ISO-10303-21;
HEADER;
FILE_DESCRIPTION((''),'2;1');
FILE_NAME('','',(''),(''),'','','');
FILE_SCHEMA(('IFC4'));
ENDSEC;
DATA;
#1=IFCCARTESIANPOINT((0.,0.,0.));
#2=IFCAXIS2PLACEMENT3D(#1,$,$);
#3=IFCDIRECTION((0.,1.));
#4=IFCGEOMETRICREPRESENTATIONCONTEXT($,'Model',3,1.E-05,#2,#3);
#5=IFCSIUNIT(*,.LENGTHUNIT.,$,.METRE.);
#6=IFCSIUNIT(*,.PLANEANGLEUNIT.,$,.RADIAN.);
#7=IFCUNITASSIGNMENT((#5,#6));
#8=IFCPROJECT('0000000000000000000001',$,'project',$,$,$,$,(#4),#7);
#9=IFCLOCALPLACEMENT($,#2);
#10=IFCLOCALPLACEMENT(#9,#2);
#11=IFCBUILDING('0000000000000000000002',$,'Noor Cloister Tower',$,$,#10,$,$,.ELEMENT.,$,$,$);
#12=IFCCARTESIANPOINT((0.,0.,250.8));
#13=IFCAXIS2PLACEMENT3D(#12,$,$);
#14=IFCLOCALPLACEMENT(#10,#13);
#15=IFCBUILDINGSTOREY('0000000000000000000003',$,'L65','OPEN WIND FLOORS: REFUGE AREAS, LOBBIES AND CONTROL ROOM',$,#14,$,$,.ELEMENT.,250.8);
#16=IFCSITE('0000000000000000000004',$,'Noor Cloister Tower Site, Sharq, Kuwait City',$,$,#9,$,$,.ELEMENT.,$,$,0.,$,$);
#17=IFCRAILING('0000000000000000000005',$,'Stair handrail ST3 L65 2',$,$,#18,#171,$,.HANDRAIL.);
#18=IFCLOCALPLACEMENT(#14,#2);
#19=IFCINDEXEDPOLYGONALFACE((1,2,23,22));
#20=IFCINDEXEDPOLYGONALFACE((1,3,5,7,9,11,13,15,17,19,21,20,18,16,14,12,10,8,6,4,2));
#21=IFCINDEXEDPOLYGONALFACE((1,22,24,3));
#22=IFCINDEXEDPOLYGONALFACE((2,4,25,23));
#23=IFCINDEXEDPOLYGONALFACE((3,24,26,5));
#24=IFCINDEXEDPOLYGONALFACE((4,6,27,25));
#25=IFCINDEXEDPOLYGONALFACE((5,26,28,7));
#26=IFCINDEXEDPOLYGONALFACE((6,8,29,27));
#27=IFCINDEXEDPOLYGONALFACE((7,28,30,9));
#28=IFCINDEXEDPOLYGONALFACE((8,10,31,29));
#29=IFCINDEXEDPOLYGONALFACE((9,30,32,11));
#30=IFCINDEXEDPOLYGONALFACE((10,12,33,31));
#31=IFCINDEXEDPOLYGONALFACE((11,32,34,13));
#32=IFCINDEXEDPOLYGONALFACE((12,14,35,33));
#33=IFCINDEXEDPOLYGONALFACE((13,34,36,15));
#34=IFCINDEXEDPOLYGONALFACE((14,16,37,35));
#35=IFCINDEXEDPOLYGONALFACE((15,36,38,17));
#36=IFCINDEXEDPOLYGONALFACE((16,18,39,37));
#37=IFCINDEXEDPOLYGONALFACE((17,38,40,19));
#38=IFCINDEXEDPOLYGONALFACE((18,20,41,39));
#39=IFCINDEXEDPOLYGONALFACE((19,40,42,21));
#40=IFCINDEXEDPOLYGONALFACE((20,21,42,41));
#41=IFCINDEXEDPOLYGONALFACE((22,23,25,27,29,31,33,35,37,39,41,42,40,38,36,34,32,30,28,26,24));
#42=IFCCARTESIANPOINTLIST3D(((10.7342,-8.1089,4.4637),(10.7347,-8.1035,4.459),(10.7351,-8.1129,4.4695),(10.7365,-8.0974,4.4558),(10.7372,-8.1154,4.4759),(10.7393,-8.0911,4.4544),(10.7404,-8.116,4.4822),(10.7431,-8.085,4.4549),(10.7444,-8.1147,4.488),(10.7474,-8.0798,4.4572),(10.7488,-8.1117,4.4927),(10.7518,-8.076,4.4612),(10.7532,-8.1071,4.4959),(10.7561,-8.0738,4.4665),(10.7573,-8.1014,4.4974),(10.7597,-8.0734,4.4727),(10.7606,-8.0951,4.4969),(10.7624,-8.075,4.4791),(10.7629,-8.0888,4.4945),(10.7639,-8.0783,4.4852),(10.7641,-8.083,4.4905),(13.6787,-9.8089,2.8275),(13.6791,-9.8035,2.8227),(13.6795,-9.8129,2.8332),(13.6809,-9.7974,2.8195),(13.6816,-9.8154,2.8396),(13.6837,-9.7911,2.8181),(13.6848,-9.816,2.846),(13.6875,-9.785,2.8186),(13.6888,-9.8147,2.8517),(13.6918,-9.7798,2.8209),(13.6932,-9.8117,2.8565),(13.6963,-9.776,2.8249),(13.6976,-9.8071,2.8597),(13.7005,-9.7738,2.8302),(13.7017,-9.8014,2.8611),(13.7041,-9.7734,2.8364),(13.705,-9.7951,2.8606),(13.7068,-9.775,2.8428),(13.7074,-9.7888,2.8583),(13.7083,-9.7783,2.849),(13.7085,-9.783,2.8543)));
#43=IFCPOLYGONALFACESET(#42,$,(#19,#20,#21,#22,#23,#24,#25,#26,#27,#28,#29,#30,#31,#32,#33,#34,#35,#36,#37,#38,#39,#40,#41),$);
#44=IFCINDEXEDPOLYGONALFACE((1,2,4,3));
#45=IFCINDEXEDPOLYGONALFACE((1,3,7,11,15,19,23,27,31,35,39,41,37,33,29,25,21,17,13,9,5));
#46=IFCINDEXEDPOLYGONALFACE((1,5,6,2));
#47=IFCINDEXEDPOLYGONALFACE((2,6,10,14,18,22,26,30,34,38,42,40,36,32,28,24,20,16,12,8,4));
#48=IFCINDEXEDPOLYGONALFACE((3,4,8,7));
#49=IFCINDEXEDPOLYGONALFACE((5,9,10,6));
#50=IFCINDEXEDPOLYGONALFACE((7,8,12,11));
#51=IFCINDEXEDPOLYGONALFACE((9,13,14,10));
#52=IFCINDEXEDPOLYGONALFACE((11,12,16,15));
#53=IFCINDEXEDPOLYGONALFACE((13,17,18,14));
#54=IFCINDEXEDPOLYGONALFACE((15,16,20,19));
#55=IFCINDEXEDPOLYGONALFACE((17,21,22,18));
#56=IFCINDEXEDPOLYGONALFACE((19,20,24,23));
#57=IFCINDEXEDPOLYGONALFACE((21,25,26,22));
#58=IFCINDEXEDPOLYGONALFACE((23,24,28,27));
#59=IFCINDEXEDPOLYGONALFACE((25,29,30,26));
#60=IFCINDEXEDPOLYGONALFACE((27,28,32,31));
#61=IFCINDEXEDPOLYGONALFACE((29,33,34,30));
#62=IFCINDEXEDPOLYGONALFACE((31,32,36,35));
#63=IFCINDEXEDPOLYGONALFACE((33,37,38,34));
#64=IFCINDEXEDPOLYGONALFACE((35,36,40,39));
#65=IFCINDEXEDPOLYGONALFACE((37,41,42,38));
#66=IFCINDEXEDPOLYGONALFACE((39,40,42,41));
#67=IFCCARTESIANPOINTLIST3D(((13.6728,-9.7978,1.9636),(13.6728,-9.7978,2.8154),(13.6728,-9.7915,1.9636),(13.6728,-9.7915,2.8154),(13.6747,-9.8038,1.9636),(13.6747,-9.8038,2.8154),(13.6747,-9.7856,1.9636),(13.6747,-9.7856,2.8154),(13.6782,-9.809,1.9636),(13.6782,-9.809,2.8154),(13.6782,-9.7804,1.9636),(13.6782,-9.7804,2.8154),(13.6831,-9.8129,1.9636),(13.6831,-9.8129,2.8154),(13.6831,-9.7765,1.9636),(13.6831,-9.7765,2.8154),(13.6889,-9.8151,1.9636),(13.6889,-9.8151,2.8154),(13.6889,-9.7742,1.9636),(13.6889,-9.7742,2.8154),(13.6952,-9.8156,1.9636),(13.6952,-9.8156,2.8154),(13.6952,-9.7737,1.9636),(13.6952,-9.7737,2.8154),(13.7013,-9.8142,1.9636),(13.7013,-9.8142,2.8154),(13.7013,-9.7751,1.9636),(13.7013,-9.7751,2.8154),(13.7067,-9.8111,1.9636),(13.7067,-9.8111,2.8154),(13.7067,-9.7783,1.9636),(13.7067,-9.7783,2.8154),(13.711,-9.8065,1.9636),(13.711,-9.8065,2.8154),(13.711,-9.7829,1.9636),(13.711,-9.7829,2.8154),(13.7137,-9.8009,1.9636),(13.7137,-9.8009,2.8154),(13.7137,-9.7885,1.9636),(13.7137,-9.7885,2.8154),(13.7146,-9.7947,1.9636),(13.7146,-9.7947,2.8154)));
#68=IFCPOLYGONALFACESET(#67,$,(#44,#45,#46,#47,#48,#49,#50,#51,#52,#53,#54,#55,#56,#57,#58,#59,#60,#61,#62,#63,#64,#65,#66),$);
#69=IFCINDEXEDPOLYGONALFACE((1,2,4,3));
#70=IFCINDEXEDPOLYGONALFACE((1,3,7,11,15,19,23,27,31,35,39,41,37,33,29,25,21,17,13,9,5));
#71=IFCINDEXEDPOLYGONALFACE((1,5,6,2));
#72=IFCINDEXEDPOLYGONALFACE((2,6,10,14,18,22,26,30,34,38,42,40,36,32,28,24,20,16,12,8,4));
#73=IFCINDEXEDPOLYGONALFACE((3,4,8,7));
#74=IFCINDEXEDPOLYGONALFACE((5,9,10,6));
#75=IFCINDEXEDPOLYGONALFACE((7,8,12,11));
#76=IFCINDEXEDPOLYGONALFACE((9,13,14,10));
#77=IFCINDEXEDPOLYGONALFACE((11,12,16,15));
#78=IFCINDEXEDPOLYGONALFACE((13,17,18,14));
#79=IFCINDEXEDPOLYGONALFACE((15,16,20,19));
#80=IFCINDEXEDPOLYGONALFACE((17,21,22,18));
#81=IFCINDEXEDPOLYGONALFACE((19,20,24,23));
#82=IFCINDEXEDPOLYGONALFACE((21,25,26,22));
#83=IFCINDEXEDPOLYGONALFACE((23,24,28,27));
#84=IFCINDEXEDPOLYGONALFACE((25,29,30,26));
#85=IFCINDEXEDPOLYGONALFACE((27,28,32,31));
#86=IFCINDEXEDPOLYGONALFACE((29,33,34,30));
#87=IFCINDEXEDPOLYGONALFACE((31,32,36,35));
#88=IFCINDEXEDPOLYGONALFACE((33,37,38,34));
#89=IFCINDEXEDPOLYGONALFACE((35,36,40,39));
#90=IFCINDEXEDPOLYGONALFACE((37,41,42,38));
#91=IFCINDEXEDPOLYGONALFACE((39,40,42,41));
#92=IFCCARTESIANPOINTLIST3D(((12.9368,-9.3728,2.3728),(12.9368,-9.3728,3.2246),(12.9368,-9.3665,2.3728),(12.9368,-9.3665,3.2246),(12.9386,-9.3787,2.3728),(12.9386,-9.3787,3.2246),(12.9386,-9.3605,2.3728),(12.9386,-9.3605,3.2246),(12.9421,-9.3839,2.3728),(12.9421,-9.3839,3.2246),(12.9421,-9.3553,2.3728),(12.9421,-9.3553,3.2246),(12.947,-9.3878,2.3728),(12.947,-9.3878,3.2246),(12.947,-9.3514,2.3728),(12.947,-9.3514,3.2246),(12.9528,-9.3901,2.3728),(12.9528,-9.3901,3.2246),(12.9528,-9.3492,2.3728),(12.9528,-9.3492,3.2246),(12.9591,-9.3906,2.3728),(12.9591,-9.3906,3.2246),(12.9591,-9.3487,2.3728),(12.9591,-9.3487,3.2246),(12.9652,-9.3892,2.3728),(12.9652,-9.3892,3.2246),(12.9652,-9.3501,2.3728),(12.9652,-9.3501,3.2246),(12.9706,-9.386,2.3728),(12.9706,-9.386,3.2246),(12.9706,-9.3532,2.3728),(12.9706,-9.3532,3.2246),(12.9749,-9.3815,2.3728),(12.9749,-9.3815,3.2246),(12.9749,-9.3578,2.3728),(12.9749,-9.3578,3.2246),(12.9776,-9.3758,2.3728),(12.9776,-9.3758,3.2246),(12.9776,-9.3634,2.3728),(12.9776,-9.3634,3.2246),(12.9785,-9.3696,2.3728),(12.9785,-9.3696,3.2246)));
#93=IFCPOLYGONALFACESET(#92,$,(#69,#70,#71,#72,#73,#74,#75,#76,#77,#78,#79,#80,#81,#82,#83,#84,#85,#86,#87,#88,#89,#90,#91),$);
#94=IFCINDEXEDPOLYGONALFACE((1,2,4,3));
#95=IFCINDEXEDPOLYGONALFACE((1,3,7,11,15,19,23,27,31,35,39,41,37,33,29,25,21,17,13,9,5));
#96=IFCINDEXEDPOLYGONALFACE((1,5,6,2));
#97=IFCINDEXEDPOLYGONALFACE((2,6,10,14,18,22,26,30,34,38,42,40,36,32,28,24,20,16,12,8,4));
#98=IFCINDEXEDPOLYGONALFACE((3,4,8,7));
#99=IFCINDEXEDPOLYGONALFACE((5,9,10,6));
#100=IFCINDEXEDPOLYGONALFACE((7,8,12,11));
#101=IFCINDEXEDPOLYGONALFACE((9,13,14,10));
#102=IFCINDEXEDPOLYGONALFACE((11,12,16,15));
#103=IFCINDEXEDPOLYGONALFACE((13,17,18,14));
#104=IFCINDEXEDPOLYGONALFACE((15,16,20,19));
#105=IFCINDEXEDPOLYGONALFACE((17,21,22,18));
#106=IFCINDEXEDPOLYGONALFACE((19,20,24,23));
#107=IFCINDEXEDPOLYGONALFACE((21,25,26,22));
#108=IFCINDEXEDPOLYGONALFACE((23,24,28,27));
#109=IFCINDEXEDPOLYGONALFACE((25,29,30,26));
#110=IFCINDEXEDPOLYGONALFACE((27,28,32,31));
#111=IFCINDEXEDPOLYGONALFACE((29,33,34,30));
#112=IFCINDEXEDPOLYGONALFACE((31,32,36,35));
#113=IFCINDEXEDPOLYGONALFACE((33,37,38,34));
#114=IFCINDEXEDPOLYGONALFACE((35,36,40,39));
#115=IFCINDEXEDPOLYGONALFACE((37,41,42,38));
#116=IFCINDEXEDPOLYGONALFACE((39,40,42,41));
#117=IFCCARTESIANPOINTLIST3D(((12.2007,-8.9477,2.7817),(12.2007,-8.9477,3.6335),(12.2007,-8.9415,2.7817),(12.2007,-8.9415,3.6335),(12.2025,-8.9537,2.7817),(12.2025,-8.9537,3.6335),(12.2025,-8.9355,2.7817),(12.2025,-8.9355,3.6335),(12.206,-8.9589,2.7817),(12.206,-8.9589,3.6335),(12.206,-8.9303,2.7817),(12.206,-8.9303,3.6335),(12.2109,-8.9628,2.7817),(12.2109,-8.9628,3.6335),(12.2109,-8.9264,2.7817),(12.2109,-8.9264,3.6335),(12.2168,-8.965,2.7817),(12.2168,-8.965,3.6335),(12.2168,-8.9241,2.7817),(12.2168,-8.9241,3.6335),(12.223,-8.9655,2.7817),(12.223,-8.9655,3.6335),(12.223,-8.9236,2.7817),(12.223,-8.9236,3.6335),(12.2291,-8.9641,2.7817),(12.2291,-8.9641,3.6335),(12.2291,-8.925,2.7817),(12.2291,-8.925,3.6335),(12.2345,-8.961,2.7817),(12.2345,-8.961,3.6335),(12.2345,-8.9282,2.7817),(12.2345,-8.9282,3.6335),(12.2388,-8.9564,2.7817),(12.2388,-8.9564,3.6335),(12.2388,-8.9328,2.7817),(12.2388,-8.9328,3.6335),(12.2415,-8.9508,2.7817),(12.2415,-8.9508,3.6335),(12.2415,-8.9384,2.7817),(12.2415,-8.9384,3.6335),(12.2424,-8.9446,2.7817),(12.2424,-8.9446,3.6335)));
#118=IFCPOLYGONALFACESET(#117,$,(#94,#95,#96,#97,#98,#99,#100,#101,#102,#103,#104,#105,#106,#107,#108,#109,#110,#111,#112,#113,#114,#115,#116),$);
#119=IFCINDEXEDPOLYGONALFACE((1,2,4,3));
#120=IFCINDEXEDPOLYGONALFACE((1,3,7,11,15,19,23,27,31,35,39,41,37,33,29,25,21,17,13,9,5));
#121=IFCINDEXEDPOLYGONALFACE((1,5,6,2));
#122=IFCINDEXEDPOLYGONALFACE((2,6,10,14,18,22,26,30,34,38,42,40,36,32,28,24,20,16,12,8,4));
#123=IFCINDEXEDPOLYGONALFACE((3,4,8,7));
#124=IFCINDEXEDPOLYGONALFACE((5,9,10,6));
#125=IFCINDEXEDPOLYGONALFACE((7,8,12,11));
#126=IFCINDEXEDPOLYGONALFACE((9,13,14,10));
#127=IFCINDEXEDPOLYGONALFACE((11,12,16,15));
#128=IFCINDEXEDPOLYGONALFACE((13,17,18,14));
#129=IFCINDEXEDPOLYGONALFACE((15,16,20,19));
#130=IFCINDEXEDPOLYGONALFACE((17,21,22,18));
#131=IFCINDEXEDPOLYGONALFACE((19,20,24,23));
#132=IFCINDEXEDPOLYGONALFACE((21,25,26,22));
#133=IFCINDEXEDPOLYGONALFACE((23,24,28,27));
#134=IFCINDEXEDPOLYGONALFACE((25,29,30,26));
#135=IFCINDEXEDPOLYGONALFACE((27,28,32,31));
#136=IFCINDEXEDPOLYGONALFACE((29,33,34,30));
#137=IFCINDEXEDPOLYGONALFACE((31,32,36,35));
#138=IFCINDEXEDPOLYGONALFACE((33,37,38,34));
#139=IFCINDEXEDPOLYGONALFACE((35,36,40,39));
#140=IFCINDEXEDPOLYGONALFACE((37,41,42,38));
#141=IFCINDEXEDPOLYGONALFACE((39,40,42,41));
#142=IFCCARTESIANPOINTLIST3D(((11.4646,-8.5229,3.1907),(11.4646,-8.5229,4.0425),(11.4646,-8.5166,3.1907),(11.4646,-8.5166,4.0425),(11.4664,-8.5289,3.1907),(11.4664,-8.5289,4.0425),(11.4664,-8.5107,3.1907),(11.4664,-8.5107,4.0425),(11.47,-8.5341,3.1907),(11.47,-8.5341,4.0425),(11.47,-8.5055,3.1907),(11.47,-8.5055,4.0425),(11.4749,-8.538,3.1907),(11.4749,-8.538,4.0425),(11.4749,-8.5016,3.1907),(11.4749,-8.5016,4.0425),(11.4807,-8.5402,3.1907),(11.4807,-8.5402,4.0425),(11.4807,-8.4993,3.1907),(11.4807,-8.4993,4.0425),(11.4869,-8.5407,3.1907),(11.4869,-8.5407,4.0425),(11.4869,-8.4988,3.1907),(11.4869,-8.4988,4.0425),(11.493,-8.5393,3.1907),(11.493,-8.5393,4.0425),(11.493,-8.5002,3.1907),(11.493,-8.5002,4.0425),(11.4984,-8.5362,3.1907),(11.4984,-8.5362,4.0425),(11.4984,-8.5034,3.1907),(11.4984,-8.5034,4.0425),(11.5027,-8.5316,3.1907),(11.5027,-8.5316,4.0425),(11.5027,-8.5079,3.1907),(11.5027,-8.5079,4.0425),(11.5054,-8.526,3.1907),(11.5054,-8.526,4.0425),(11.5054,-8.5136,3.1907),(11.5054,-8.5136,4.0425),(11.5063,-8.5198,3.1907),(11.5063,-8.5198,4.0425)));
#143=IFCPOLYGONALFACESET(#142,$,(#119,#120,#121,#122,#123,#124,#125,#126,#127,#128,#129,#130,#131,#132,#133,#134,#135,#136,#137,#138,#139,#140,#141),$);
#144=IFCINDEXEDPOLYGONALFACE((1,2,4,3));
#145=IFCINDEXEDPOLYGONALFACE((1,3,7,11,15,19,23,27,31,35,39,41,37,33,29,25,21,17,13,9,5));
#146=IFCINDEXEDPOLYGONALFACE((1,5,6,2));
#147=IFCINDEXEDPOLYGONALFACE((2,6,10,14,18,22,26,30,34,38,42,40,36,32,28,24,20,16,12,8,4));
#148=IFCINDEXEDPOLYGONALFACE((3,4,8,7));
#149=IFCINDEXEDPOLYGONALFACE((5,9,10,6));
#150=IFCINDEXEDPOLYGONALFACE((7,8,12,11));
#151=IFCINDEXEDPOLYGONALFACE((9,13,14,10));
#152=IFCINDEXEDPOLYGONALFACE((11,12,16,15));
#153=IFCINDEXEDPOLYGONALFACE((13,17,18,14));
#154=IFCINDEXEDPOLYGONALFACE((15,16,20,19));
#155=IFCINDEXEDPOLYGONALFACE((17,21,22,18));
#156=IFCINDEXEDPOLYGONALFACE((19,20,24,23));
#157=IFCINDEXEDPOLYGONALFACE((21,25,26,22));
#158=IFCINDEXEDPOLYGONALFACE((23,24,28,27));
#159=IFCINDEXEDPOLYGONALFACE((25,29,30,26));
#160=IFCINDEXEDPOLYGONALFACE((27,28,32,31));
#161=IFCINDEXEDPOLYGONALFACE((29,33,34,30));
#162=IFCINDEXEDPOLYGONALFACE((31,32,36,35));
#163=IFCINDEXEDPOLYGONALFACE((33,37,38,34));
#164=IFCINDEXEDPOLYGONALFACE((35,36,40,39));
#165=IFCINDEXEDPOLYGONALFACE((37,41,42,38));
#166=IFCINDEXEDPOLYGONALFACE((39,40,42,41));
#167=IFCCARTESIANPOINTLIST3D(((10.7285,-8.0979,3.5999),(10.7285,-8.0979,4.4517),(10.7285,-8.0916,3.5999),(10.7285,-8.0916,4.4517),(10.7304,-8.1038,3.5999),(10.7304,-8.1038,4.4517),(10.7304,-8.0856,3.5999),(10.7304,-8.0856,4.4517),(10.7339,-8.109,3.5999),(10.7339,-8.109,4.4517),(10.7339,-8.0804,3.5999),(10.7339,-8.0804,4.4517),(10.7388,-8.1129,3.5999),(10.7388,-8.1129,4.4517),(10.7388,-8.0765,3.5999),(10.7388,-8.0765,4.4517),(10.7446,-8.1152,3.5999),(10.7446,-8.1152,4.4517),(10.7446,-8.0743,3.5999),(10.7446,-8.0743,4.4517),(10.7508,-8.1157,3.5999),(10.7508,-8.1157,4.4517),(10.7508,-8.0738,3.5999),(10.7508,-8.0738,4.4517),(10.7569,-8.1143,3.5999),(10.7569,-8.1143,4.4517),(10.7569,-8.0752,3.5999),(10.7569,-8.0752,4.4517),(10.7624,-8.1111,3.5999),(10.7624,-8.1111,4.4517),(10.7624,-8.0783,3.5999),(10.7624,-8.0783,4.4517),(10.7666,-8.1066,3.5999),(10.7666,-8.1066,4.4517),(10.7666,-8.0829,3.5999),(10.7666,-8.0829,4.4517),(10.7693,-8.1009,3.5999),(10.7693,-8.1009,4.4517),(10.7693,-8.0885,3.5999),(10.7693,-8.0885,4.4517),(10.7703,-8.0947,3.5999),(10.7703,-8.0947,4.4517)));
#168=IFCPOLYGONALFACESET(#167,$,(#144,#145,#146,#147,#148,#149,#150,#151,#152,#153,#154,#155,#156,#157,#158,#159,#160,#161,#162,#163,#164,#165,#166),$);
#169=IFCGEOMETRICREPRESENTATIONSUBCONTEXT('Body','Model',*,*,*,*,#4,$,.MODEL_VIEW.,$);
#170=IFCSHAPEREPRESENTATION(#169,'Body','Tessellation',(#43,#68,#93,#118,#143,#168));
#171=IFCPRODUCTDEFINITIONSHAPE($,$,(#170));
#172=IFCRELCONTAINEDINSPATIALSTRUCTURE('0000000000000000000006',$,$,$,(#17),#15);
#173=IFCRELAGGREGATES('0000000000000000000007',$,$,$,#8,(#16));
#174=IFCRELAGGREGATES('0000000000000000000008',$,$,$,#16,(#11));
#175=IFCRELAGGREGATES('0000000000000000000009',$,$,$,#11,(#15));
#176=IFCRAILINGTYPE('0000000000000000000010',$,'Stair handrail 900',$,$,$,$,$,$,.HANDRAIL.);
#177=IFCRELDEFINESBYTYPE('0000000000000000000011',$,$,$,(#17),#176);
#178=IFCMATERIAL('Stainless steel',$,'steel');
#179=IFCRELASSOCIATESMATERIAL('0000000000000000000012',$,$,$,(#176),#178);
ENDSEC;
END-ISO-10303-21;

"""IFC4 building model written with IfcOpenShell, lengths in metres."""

from ifc_helpers import new_model, si_unit, direction, frame, origin, origin_2d, place, context, subcontext, project, spatial, circle, extrude, material, type_object, element, save


model = new_model("IFC4")

# Units and contexts
model_context = context("Model", 3, precision=1e-05, world=origin(), true_north=direction((0.0, 1.0)))
body_context = subcontext(model_context, "Body", "Model", "MODEL_VIEW")
ifc_project = project(units=[si_unit("LENGTHUNIT", "METRE"), si_unit("PLANEANGLEUNIT", "RADIAN")], contexts=[model_context])

# Site, building, storey
site_placement = place(None, origin())
site = spatial("IfcSite", under=ifc_project, at=site_placement, Name="Noor Cloister Tower Site, Sharq, Kuwait City", CompositionType="ELEMENT", RefElevation=0.0)
building_placement = place(site_placement, origin())
building = spatial("IfcBuilding", under=site, at=building_placement, Name="Noor Cloister Tower", CompositionType="ELEMENT")
storey_placement = place(building_placement, frame((0.0, 0.0, 250.8)))
storey = spatial("IfcBuildingStorey", under=building, at=storey_placement, Name="L65", Description="OPEN WIND FLOORS: REFUGE AREAS, LOBBIES AND CONTROL ROOM", CompositionType="ELEMENT", Elevation=250.8)

# Railing
ifc_material_1 = material(Name="Stainless steel", Category="steel")
railing_type_1 = type_object("IfcRailingType", Name="Stair handrail 900", PredefinedType="HANDRAIL", material=ifc_material_1)
railing_1_placement = place(storey_placement, frame((13.6936, -9.7947, 1.9636)))
element("IfcRailing", 1, at=railing_1_placement, inside=storey, type_object=railing_type_1, Name="Stair handrail ST3 L65 2", PredefinedType="HANDRAIL", context=body_context, shape_type="SweptSolid", body=[
    extrude(circle(Radius=0.0239, at=origin_2d()), frame((0.0, 0.0, 0.876), z_axis=(-0.780352, 0.450546, 0.433658), x_axis=(-0.500008, -0.866021, 0.0)), (0.0, 0.0, 1.0), 3.7732),
    extrude(circle(Radius=0.021, at=origin_2d()), origin(), (0.0, 0.0, 1.0), 0.8518),
    extrude(circle(Radius=0.021, at=origin_2d()), frame((-0.7361, 0.425, 0.4092)), (0.0, 0.0, 1.0), 0.8518),
    extrude(circle(Radius=0.021, at=origin_2d()), frame((-1.4722, 0.8501, 0.8181)), (0.0, 0.0, 1.0), 0.8518),
    extrude(circle(Radius=0.021, at=origin_2d()), frame((-2.2083, 1.2749, 1.2271)), (0.0, 0.0, 1.0), 0.8518),
    extrude(circle(Radius=0.021, at=origin_2d()), frame((-2.9443, 1.7, 1.6362)), (0.0, 0.0, 1.0), 0.8518),
])

save(model, "model.ifc")
